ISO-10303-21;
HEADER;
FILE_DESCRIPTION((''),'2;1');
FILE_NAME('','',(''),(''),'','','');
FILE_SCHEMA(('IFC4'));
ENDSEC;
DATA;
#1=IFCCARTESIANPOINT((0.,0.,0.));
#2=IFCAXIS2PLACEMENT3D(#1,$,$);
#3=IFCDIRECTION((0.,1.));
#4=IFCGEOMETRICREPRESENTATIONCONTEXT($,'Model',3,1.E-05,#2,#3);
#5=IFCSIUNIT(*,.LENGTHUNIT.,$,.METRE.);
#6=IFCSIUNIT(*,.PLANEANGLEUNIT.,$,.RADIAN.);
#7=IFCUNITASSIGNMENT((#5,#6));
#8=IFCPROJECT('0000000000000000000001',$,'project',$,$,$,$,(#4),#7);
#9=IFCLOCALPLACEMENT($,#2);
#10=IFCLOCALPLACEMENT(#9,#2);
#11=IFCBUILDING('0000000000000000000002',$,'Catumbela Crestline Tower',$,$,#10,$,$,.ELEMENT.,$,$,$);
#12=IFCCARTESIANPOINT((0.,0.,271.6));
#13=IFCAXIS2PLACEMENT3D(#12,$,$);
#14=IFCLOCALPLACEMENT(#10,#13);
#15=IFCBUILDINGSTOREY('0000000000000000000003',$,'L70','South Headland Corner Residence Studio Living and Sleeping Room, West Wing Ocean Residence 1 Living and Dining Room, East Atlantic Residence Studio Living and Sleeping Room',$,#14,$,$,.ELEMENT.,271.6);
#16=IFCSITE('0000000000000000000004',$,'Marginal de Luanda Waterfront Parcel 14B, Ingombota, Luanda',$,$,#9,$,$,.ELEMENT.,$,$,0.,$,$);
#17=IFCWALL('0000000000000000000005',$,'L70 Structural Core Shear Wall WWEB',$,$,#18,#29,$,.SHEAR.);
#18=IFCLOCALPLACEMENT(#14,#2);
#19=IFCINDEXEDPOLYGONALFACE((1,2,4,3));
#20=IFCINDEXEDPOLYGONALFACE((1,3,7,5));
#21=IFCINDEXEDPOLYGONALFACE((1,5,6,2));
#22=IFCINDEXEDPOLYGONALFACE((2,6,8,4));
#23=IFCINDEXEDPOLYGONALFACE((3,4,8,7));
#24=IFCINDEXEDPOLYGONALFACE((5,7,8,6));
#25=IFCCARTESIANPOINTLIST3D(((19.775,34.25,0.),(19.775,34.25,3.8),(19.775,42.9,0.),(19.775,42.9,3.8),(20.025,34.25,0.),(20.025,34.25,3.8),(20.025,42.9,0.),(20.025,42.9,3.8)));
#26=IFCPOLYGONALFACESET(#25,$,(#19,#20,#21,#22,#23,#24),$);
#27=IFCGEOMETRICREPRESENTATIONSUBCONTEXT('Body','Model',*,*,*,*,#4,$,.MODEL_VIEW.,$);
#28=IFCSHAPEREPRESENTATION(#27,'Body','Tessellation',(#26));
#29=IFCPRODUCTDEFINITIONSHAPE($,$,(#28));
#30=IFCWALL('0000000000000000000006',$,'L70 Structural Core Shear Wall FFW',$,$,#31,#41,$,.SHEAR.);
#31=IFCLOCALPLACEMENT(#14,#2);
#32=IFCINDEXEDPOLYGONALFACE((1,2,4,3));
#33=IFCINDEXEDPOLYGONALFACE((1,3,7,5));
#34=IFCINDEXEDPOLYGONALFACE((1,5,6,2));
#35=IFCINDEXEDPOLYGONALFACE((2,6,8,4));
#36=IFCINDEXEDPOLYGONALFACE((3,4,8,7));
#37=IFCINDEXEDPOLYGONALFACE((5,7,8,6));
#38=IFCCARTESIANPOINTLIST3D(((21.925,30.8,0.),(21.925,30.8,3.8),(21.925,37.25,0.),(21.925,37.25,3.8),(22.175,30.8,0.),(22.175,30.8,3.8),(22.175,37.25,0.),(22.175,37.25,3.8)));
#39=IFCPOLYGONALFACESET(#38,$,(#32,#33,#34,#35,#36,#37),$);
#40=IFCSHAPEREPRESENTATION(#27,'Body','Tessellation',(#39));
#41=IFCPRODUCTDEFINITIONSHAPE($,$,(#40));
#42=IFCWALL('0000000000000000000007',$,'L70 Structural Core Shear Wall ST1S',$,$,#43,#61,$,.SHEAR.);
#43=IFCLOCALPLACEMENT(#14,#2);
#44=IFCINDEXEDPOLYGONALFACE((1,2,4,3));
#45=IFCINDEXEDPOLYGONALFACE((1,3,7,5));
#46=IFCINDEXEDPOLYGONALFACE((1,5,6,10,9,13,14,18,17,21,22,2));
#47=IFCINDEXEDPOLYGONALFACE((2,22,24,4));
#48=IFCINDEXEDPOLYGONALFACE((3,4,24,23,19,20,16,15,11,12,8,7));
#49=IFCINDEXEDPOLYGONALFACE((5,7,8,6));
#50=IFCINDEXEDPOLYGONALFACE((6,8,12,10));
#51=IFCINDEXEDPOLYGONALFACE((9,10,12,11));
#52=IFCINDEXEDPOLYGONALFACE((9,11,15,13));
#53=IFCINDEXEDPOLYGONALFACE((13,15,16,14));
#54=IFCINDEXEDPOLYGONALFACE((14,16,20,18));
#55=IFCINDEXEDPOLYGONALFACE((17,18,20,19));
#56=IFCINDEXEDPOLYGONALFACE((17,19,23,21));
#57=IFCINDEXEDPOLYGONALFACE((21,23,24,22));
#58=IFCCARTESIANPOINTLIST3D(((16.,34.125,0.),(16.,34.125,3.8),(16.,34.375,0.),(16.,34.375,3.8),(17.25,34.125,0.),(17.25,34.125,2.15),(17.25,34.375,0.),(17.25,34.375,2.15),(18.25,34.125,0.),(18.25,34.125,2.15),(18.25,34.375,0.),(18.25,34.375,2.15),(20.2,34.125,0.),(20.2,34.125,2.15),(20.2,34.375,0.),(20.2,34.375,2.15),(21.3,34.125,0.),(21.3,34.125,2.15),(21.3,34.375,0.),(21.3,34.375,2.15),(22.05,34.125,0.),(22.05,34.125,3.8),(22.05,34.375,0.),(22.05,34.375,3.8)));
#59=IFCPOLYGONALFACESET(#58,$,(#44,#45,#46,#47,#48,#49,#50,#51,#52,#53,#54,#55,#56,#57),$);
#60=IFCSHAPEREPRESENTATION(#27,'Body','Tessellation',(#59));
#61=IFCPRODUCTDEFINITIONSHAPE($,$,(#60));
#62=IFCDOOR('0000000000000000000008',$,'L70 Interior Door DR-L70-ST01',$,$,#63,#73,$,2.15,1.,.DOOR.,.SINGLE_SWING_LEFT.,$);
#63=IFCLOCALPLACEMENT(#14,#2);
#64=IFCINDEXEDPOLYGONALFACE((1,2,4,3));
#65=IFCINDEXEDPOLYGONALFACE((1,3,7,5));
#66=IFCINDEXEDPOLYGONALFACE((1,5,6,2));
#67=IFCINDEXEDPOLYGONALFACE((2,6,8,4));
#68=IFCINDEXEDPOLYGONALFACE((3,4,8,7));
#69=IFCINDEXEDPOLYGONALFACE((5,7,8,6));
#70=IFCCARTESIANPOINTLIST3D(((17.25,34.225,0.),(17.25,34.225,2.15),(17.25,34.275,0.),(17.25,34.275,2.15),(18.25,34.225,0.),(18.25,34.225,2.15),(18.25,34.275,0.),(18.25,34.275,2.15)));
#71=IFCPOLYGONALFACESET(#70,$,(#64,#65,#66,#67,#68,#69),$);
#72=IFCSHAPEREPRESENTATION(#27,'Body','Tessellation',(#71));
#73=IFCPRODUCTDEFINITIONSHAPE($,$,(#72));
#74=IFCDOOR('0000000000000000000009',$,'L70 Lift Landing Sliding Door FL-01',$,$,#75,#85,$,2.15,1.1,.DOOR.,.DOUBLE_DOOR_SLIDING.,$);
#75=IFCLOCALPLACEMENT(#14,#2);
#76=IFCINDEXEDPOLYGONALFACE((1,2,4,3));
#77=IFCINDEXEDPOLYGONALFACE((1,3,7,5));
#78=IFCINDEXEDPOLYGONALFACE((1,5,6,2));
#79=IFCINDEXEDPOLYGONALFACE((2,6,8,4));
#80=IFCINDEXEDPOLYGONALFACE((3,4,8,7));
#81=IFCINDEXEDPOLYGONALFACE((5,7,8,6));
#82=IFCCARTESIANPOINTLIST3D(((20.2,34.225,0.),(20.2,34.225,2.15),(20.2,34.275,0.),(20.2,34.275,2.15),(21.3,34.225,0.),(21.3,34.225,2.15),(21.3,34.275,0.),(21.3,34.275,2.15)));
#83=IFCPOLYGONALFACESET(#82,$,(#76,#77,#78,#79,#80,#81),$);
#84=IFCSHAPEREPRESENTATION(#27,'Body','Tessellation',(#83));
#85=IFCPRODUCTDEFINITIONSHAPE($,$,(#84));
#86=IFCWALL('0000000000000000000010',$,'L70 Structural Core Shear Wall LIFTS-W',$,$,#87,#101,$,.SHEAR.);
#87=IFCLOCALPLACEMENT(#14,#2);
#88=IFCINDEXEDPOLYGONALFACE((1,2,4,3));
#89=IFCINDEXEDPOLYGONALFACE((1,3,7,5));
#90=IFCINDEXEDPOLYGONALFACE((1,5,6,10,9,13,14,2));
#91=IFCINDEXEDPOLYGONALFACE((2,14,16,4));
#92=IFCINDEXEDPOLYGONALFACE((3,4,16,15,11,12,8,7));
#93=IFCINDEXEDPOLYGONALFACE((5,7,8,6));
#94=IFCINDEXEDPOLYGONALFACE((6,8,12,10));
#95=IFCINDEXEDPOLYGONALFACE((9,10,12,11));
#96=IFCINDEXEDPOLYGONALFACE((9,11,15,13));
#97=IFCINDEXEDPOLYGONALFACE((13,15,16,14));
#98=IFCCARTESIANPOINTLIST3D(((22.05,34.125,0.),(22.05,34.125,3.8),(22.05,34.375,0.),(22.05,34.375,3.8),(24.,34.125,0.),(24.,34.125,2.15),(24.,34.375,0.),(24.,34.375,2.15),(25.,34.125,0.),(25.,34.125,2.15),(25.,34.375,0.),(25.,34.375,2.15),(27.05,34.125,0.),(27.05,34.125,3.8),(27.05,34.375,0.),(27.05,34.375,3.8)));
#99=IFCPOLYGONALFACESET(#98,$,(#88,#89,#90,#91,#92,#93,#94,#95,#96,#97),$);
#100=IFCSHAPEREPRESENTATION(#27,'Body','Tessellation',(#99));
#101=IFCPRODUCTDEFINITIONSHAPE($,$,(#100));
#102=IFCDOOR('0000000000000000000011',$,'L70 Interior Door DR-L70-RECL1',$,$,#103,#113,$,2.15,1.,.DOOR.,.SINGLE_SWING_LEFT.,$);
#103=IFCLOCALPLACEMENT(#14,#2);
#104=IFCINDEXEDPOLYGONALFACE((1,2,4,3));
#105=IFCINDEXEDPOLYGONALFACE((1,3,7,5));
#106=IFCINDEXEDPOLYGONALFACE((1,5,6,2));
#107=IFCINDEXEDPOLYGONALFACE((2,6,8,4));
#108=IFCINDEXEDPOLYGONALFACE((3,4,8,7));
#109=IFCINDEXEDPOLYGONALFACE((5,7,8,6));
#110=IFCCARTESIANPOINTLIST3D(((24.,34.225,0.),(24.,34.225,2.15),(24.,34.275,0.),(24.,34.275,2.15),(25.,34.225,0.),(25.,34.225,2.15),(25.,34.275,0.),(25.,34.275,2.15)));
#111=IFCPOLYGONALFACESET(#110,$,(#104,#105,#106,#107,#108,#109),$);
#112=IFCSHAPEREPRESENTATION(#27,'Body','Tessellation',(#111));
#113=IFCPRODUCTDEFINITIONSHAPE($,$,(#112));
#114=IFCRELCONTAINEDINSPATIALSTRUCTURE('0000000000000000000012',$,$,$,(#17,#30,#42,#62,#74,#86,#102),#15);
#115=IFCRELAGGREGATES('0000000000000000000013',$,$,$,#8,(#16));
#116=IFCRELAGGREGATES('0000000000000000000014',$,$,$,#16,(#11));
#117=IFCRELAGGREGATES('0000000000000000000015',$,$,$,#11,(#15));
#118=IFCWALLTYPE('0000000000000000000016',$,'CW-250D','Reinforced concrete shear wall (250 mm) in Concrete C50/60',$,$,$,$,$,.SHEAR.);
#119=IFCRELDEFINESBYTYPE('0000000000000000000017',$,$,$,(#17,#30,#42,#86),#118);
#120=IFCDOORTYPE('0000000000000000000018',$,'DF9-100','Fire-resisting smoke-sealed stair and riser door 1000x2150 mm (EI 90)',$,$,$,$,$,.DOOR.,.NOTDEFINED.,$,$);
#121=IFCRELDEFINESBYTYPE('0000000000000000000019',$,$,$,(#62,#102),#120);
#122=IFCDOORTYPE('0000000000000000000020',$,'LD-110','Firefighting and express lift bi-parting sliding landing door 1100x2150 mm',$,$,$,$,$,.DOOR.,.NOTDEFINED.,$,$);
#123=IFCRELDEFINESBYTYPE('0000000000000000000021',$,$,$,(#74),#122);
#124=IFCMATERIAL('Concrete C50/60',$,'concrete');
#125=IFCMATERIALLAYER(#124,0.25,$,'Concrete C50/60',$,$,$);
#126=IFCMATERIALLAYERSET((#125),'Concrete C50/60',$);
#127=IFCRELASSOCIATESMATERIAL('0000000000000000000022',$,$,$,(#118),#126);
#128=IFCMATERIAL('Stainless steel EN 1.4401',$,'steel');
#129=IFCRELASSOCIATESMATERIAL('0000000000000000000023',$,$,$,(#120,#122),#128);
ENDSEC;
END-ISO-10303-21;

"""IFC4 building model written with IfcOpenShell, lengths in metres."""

from ifc_helpers import new_model, si_unit, direction, frame, frame_2d, origin, place, context, subcontext, project, spatial, rectangle, extrude, material, layer, layer_set, type_object, element, fill, save


model = new_model("IFC4")

# Units and contexts
model_context = context("Model", 3, precision=1e-05, world=origin(), true_north=direction((0.0, 1.0)))
body_context = subcontext(model_context, "Body", "Model", "MODEL_VIEW")
ifc_project = project(units=[si_unit("LENGTHUNIT", "METRE"), si_unit("PLANEANGLEUNIT", "RADIAN")], contexts=[model_context])

# Site, building, storey
site_placement = place(None, origin())
site = spatial("IfcSite", under=ifc_project, at=site_placement, Name="Marginal de Luanda Waterfront Parcel 14B, Ingombota, Luanda", CompositionType="ELEMENT", RefElevation=0.0)
building_placement = place(site_placement, origin())
building = spatial("IfcBuilding", under=site, at=building_placement, Name="Catumbela Crestline Tower", CompositionType="ELEMENT")
storey_placement = place(building_placement, frame((0.0, 0.0, 271.6)))
storey = spatial("IfcBuildingStorey", under=building, at=storey_placement, Name="L70", Description="South Headland Corner Residence Studio Living and Sleeping Room, West Wing Ocean Residence 1 Living and Dining Room, East Atlantic Residence Studio Living and Sleeping Room", CompositionType="ELEMENT", Elevation=271.6)

# Walls
ifc_material_1 = material(Name="Concrete C50/60", Category="concrete")
ifc_layer = layer(ifc_material_1, 0.25, Name="Concrete C50/60")
ifc_layer_set = layer_set([ifc_layer], Name="Concrete C50/60")
wall_type = type_object("IfcWallType", Name="CW-250D", Description="Reinforced concrete shear wall (250 mm) in Concrete C50/60", PredefinedType="SHEAR", material=ifc_layer_set)
wall_1_placement = place(storey_placement, frame((19.9, 34.25, 0.0), z_axis=(0.0, 0.0, 1.0), x_axis=(0.0, 1.0, 0.0)))
element("IfcWall", 1, at=wall_1_placement, inside=storey, type_object=wall_type, Name="L70 Structural Core Shear Wall WWEB", PredefinedType="SHEAR", context=body_context, shape_type="SweptSolid", body=[
    extrude(rectangle(XDim=8.65, YDim=0.25, at=frame_2d((4.325, 0.0))), origin(), (0.0, 0.0, 1.0), 3.8),
])
wall_2_placement = place(storey_placement, frame((22.05, 30.8, 0.0), z_axis=(0.0, 0.0, 1.0), x_axis=(0.0, 1.0, 0.0)))
element("IfcWall", 2, at=wall_2_placement, inside=storey, type_object=wall_type, Name="L70 Structural Core Shear Wall FFW", PredefinedType="SHEAR", context=body_context, shape_type="SweptSolid", body=[
    extrude(rectangle(XDim=6.45, YDim=0.25, at=frame_2d((3.225, 0.0))), origin(), (0.0, 0.0, 1.0), 3.8),
])

# Wall, openings, doors
wall_3_placement = place(storey_placement, frame((16.0, 34.25, 0.0), z_axis=(0.0, 0.0, 1.0), x_axis=(1.0, 0.0, 0.0)))
wall_3 = element("IfcWall", 3, at=wall_3_placement, inside=storey, type_object=wall_type, Name="L70 Structural Core Shear Wall ST1S", PredefinedType="SHEAR", context=body_context, shape_type="SweptSolid", body=[
    extrude(rectangle(XDim=6.05, YDim=0.25, at=frame_2d((3.025, 0.0))), origin(), (0.0, 0.0, 1.0), 3.8),
])
opening_1_placement = place(wall_3_placement, frame((1.25, 0.0, 0.0)))
opening_1 = element("IfcOpeningElement", 4, at=opening_1_placement, cuts=wall_3, PredefinedType="OPENING", context=body_context, shape_type="SweptSolid", body=[
    extrude(rectangle(XDim=1.0, YDim=2.15, at=frame_2d((0.5, 1.075))), frame((0.0, 0.135, 0.0), z_axis=(0.0, -1.0, 0.0), x_axis=(1.0, 0.0, 0.0)), (0.0, 0.0, 1.0), 0.27),
])
opening_2_placement = place(wall_3_placement, frame((4.2, 0.0, 0.0)))
opening_2 = element("IfcOpeningElement", 5, at=opening_2_placement, cuts=wall_3, PredefinedType="OPENING", context=body_context, shape_type="SweptSolid", body=[
    extrude(rectangle(XDim=1.1, YDim=2.15, at=frame_2d((0.55, 1.075))), frame((0.0, 0.135, 0.0), z_axis=(0.0, -1.0, 0.0), x_axis=(1.0, 0.0, 0.0)), (0.0, 0.0, 1.0), 0.27),
])
ifc_material_2 = material(Name="Stainless steel EN 1.4401", Category="steel")
door_type_1 = type_object("IfcDoorType", Name="DF9-100", Description="Fire-resisting smoke-sealed stair and riser door 1000x2150 mm (EI 90)", OperationType="NOTDEFINED", PredefinedType="DOOR", material=ifc_material_2)
door_1_placement = place(opening_1_placement, origin())
door_1 = element("IfcDoor", 6, at=door_1_placement, inside=storey, type_object=door_type_1, Name="L70 Interior Door DR-L70-ST01", OperationType="SINGLE_SWING_LEFT", OverallHeight=2.15, OverallWidth=1.0, PredefinedType="DOOR", context=body_context, shape_type="SweptSolid", body=[
    extrude(rectangle(XDim=1.0, YDim=2.15, at=frame_2d((0.5, 1.075))), frame((0.0, 0.025, 0.0), z_axis=(0.0, -1.0, 0.0), x_axis=(1.0, 0.0, 0.0)), (0.0, 0.0, 1.0), 0.05),
])
fill(opening_1, door_1)
door_type_2 = type_object("IfcDoorType", Name="LD-110", Description="Firefighting and express lift bi-parting sliding landing door 1100x2150 mm", OperationType="NOTDEFINED", PredefinedType="DOOR", material=ifc_material_2)
door_2_placement = place(opening_2_placement, origin())
door_2 = element("IfcDoor", 7, at=door_2_placement, inside=storey, type_object=door_type_2, Name="L70 Lift Landing Sliding Door FL-01", OperationType="DOUBLE_DOOR_SLIDING", OverallHeight=2.15, OverallWidth=1.1, PredefinedType="DOOR", context=body_context, shape_type="SweptSolid", body=[
    extrude(rectangle(XDim=1.1, YDim=2.15, at=frame_2d((0.55, 1.075))), frame((0.0, 0.025, 0.0), z_axis=(0.0, -1.0, 0.0), x_axis=(1.0, 0.0, 0.0)), (0.0, 0.0, 1.0), 0.05),
])
fill(opening_2, door_2)

# Wall, opening, door
wall_4_placement = place(storey_placement, frame((22.05, 34.25, 0.0), z_axis=(0.0, 0.0, 1.0), x_axis=(1.0, 0.0, 0.0)))
wall_4 = element("IfcWall", 8, at=wall_4_placement, inside=storey, type_object=wall_type, Name="L70 Structural Core Shear Wall LIFTS-W", PredefinedType="SHEAR", context=body_context, shape_type="SweptSolid", body=[
    extrude(rectangle(XDim=5.0, YDim=0.25, at=frame_2d((2.5, 0.0))), origin(), (0.0, 0.0, 1.0), 3.8),
])
opening_3_placement = place(wall_4_placement, frame((1.95, 0.0, 0.0)))
opening_3 = element("IfcOpeningElement", 9, at=opening_3_placement, cuts=wall_4, PredefinedType="OPENING", context=body_context, shape_type="SweptSolid", body=[
    extrude(rectangle(XDim=1.0, YDim=2.15, at=frame_2d((0.5, 1.075))), frame((0.0, 0.135, 0.0), z_axis=(0.0, -1.0, 0.0), x_axis=(1.0, 0.0, 0.0)), (0.0, 0.0, 1.0), 0.27),
])
door_3_placement = place(opening_3_placement, origin())
door_3 = element("IfcDoor", 10, at=door_3_placement, inside=storey, type_object=door_type_1, Name="L70 Interior Door DR-L70-RECL1", OperationType="SINGLE_SWING_LEFT", OverallHeight=2.15, OverallWidth=1.0, PredefinedType="DOOR", context=body_context, shape_type="SweptSolid", body=[
    extrude(rectangle(XDim=1.0, YDim=2.15, at=frame_2d((0.5, 1.075))), frame((0.0, 0.025, 0.0), z_axis=(0.0, -1.0, 0.0), x_axis=(1.0, 0.0, 0.0)), (0.0, 0.0, 1.0), 0.05),
])
fill(opening_3, door_3)

save(model, "model.ifc")
